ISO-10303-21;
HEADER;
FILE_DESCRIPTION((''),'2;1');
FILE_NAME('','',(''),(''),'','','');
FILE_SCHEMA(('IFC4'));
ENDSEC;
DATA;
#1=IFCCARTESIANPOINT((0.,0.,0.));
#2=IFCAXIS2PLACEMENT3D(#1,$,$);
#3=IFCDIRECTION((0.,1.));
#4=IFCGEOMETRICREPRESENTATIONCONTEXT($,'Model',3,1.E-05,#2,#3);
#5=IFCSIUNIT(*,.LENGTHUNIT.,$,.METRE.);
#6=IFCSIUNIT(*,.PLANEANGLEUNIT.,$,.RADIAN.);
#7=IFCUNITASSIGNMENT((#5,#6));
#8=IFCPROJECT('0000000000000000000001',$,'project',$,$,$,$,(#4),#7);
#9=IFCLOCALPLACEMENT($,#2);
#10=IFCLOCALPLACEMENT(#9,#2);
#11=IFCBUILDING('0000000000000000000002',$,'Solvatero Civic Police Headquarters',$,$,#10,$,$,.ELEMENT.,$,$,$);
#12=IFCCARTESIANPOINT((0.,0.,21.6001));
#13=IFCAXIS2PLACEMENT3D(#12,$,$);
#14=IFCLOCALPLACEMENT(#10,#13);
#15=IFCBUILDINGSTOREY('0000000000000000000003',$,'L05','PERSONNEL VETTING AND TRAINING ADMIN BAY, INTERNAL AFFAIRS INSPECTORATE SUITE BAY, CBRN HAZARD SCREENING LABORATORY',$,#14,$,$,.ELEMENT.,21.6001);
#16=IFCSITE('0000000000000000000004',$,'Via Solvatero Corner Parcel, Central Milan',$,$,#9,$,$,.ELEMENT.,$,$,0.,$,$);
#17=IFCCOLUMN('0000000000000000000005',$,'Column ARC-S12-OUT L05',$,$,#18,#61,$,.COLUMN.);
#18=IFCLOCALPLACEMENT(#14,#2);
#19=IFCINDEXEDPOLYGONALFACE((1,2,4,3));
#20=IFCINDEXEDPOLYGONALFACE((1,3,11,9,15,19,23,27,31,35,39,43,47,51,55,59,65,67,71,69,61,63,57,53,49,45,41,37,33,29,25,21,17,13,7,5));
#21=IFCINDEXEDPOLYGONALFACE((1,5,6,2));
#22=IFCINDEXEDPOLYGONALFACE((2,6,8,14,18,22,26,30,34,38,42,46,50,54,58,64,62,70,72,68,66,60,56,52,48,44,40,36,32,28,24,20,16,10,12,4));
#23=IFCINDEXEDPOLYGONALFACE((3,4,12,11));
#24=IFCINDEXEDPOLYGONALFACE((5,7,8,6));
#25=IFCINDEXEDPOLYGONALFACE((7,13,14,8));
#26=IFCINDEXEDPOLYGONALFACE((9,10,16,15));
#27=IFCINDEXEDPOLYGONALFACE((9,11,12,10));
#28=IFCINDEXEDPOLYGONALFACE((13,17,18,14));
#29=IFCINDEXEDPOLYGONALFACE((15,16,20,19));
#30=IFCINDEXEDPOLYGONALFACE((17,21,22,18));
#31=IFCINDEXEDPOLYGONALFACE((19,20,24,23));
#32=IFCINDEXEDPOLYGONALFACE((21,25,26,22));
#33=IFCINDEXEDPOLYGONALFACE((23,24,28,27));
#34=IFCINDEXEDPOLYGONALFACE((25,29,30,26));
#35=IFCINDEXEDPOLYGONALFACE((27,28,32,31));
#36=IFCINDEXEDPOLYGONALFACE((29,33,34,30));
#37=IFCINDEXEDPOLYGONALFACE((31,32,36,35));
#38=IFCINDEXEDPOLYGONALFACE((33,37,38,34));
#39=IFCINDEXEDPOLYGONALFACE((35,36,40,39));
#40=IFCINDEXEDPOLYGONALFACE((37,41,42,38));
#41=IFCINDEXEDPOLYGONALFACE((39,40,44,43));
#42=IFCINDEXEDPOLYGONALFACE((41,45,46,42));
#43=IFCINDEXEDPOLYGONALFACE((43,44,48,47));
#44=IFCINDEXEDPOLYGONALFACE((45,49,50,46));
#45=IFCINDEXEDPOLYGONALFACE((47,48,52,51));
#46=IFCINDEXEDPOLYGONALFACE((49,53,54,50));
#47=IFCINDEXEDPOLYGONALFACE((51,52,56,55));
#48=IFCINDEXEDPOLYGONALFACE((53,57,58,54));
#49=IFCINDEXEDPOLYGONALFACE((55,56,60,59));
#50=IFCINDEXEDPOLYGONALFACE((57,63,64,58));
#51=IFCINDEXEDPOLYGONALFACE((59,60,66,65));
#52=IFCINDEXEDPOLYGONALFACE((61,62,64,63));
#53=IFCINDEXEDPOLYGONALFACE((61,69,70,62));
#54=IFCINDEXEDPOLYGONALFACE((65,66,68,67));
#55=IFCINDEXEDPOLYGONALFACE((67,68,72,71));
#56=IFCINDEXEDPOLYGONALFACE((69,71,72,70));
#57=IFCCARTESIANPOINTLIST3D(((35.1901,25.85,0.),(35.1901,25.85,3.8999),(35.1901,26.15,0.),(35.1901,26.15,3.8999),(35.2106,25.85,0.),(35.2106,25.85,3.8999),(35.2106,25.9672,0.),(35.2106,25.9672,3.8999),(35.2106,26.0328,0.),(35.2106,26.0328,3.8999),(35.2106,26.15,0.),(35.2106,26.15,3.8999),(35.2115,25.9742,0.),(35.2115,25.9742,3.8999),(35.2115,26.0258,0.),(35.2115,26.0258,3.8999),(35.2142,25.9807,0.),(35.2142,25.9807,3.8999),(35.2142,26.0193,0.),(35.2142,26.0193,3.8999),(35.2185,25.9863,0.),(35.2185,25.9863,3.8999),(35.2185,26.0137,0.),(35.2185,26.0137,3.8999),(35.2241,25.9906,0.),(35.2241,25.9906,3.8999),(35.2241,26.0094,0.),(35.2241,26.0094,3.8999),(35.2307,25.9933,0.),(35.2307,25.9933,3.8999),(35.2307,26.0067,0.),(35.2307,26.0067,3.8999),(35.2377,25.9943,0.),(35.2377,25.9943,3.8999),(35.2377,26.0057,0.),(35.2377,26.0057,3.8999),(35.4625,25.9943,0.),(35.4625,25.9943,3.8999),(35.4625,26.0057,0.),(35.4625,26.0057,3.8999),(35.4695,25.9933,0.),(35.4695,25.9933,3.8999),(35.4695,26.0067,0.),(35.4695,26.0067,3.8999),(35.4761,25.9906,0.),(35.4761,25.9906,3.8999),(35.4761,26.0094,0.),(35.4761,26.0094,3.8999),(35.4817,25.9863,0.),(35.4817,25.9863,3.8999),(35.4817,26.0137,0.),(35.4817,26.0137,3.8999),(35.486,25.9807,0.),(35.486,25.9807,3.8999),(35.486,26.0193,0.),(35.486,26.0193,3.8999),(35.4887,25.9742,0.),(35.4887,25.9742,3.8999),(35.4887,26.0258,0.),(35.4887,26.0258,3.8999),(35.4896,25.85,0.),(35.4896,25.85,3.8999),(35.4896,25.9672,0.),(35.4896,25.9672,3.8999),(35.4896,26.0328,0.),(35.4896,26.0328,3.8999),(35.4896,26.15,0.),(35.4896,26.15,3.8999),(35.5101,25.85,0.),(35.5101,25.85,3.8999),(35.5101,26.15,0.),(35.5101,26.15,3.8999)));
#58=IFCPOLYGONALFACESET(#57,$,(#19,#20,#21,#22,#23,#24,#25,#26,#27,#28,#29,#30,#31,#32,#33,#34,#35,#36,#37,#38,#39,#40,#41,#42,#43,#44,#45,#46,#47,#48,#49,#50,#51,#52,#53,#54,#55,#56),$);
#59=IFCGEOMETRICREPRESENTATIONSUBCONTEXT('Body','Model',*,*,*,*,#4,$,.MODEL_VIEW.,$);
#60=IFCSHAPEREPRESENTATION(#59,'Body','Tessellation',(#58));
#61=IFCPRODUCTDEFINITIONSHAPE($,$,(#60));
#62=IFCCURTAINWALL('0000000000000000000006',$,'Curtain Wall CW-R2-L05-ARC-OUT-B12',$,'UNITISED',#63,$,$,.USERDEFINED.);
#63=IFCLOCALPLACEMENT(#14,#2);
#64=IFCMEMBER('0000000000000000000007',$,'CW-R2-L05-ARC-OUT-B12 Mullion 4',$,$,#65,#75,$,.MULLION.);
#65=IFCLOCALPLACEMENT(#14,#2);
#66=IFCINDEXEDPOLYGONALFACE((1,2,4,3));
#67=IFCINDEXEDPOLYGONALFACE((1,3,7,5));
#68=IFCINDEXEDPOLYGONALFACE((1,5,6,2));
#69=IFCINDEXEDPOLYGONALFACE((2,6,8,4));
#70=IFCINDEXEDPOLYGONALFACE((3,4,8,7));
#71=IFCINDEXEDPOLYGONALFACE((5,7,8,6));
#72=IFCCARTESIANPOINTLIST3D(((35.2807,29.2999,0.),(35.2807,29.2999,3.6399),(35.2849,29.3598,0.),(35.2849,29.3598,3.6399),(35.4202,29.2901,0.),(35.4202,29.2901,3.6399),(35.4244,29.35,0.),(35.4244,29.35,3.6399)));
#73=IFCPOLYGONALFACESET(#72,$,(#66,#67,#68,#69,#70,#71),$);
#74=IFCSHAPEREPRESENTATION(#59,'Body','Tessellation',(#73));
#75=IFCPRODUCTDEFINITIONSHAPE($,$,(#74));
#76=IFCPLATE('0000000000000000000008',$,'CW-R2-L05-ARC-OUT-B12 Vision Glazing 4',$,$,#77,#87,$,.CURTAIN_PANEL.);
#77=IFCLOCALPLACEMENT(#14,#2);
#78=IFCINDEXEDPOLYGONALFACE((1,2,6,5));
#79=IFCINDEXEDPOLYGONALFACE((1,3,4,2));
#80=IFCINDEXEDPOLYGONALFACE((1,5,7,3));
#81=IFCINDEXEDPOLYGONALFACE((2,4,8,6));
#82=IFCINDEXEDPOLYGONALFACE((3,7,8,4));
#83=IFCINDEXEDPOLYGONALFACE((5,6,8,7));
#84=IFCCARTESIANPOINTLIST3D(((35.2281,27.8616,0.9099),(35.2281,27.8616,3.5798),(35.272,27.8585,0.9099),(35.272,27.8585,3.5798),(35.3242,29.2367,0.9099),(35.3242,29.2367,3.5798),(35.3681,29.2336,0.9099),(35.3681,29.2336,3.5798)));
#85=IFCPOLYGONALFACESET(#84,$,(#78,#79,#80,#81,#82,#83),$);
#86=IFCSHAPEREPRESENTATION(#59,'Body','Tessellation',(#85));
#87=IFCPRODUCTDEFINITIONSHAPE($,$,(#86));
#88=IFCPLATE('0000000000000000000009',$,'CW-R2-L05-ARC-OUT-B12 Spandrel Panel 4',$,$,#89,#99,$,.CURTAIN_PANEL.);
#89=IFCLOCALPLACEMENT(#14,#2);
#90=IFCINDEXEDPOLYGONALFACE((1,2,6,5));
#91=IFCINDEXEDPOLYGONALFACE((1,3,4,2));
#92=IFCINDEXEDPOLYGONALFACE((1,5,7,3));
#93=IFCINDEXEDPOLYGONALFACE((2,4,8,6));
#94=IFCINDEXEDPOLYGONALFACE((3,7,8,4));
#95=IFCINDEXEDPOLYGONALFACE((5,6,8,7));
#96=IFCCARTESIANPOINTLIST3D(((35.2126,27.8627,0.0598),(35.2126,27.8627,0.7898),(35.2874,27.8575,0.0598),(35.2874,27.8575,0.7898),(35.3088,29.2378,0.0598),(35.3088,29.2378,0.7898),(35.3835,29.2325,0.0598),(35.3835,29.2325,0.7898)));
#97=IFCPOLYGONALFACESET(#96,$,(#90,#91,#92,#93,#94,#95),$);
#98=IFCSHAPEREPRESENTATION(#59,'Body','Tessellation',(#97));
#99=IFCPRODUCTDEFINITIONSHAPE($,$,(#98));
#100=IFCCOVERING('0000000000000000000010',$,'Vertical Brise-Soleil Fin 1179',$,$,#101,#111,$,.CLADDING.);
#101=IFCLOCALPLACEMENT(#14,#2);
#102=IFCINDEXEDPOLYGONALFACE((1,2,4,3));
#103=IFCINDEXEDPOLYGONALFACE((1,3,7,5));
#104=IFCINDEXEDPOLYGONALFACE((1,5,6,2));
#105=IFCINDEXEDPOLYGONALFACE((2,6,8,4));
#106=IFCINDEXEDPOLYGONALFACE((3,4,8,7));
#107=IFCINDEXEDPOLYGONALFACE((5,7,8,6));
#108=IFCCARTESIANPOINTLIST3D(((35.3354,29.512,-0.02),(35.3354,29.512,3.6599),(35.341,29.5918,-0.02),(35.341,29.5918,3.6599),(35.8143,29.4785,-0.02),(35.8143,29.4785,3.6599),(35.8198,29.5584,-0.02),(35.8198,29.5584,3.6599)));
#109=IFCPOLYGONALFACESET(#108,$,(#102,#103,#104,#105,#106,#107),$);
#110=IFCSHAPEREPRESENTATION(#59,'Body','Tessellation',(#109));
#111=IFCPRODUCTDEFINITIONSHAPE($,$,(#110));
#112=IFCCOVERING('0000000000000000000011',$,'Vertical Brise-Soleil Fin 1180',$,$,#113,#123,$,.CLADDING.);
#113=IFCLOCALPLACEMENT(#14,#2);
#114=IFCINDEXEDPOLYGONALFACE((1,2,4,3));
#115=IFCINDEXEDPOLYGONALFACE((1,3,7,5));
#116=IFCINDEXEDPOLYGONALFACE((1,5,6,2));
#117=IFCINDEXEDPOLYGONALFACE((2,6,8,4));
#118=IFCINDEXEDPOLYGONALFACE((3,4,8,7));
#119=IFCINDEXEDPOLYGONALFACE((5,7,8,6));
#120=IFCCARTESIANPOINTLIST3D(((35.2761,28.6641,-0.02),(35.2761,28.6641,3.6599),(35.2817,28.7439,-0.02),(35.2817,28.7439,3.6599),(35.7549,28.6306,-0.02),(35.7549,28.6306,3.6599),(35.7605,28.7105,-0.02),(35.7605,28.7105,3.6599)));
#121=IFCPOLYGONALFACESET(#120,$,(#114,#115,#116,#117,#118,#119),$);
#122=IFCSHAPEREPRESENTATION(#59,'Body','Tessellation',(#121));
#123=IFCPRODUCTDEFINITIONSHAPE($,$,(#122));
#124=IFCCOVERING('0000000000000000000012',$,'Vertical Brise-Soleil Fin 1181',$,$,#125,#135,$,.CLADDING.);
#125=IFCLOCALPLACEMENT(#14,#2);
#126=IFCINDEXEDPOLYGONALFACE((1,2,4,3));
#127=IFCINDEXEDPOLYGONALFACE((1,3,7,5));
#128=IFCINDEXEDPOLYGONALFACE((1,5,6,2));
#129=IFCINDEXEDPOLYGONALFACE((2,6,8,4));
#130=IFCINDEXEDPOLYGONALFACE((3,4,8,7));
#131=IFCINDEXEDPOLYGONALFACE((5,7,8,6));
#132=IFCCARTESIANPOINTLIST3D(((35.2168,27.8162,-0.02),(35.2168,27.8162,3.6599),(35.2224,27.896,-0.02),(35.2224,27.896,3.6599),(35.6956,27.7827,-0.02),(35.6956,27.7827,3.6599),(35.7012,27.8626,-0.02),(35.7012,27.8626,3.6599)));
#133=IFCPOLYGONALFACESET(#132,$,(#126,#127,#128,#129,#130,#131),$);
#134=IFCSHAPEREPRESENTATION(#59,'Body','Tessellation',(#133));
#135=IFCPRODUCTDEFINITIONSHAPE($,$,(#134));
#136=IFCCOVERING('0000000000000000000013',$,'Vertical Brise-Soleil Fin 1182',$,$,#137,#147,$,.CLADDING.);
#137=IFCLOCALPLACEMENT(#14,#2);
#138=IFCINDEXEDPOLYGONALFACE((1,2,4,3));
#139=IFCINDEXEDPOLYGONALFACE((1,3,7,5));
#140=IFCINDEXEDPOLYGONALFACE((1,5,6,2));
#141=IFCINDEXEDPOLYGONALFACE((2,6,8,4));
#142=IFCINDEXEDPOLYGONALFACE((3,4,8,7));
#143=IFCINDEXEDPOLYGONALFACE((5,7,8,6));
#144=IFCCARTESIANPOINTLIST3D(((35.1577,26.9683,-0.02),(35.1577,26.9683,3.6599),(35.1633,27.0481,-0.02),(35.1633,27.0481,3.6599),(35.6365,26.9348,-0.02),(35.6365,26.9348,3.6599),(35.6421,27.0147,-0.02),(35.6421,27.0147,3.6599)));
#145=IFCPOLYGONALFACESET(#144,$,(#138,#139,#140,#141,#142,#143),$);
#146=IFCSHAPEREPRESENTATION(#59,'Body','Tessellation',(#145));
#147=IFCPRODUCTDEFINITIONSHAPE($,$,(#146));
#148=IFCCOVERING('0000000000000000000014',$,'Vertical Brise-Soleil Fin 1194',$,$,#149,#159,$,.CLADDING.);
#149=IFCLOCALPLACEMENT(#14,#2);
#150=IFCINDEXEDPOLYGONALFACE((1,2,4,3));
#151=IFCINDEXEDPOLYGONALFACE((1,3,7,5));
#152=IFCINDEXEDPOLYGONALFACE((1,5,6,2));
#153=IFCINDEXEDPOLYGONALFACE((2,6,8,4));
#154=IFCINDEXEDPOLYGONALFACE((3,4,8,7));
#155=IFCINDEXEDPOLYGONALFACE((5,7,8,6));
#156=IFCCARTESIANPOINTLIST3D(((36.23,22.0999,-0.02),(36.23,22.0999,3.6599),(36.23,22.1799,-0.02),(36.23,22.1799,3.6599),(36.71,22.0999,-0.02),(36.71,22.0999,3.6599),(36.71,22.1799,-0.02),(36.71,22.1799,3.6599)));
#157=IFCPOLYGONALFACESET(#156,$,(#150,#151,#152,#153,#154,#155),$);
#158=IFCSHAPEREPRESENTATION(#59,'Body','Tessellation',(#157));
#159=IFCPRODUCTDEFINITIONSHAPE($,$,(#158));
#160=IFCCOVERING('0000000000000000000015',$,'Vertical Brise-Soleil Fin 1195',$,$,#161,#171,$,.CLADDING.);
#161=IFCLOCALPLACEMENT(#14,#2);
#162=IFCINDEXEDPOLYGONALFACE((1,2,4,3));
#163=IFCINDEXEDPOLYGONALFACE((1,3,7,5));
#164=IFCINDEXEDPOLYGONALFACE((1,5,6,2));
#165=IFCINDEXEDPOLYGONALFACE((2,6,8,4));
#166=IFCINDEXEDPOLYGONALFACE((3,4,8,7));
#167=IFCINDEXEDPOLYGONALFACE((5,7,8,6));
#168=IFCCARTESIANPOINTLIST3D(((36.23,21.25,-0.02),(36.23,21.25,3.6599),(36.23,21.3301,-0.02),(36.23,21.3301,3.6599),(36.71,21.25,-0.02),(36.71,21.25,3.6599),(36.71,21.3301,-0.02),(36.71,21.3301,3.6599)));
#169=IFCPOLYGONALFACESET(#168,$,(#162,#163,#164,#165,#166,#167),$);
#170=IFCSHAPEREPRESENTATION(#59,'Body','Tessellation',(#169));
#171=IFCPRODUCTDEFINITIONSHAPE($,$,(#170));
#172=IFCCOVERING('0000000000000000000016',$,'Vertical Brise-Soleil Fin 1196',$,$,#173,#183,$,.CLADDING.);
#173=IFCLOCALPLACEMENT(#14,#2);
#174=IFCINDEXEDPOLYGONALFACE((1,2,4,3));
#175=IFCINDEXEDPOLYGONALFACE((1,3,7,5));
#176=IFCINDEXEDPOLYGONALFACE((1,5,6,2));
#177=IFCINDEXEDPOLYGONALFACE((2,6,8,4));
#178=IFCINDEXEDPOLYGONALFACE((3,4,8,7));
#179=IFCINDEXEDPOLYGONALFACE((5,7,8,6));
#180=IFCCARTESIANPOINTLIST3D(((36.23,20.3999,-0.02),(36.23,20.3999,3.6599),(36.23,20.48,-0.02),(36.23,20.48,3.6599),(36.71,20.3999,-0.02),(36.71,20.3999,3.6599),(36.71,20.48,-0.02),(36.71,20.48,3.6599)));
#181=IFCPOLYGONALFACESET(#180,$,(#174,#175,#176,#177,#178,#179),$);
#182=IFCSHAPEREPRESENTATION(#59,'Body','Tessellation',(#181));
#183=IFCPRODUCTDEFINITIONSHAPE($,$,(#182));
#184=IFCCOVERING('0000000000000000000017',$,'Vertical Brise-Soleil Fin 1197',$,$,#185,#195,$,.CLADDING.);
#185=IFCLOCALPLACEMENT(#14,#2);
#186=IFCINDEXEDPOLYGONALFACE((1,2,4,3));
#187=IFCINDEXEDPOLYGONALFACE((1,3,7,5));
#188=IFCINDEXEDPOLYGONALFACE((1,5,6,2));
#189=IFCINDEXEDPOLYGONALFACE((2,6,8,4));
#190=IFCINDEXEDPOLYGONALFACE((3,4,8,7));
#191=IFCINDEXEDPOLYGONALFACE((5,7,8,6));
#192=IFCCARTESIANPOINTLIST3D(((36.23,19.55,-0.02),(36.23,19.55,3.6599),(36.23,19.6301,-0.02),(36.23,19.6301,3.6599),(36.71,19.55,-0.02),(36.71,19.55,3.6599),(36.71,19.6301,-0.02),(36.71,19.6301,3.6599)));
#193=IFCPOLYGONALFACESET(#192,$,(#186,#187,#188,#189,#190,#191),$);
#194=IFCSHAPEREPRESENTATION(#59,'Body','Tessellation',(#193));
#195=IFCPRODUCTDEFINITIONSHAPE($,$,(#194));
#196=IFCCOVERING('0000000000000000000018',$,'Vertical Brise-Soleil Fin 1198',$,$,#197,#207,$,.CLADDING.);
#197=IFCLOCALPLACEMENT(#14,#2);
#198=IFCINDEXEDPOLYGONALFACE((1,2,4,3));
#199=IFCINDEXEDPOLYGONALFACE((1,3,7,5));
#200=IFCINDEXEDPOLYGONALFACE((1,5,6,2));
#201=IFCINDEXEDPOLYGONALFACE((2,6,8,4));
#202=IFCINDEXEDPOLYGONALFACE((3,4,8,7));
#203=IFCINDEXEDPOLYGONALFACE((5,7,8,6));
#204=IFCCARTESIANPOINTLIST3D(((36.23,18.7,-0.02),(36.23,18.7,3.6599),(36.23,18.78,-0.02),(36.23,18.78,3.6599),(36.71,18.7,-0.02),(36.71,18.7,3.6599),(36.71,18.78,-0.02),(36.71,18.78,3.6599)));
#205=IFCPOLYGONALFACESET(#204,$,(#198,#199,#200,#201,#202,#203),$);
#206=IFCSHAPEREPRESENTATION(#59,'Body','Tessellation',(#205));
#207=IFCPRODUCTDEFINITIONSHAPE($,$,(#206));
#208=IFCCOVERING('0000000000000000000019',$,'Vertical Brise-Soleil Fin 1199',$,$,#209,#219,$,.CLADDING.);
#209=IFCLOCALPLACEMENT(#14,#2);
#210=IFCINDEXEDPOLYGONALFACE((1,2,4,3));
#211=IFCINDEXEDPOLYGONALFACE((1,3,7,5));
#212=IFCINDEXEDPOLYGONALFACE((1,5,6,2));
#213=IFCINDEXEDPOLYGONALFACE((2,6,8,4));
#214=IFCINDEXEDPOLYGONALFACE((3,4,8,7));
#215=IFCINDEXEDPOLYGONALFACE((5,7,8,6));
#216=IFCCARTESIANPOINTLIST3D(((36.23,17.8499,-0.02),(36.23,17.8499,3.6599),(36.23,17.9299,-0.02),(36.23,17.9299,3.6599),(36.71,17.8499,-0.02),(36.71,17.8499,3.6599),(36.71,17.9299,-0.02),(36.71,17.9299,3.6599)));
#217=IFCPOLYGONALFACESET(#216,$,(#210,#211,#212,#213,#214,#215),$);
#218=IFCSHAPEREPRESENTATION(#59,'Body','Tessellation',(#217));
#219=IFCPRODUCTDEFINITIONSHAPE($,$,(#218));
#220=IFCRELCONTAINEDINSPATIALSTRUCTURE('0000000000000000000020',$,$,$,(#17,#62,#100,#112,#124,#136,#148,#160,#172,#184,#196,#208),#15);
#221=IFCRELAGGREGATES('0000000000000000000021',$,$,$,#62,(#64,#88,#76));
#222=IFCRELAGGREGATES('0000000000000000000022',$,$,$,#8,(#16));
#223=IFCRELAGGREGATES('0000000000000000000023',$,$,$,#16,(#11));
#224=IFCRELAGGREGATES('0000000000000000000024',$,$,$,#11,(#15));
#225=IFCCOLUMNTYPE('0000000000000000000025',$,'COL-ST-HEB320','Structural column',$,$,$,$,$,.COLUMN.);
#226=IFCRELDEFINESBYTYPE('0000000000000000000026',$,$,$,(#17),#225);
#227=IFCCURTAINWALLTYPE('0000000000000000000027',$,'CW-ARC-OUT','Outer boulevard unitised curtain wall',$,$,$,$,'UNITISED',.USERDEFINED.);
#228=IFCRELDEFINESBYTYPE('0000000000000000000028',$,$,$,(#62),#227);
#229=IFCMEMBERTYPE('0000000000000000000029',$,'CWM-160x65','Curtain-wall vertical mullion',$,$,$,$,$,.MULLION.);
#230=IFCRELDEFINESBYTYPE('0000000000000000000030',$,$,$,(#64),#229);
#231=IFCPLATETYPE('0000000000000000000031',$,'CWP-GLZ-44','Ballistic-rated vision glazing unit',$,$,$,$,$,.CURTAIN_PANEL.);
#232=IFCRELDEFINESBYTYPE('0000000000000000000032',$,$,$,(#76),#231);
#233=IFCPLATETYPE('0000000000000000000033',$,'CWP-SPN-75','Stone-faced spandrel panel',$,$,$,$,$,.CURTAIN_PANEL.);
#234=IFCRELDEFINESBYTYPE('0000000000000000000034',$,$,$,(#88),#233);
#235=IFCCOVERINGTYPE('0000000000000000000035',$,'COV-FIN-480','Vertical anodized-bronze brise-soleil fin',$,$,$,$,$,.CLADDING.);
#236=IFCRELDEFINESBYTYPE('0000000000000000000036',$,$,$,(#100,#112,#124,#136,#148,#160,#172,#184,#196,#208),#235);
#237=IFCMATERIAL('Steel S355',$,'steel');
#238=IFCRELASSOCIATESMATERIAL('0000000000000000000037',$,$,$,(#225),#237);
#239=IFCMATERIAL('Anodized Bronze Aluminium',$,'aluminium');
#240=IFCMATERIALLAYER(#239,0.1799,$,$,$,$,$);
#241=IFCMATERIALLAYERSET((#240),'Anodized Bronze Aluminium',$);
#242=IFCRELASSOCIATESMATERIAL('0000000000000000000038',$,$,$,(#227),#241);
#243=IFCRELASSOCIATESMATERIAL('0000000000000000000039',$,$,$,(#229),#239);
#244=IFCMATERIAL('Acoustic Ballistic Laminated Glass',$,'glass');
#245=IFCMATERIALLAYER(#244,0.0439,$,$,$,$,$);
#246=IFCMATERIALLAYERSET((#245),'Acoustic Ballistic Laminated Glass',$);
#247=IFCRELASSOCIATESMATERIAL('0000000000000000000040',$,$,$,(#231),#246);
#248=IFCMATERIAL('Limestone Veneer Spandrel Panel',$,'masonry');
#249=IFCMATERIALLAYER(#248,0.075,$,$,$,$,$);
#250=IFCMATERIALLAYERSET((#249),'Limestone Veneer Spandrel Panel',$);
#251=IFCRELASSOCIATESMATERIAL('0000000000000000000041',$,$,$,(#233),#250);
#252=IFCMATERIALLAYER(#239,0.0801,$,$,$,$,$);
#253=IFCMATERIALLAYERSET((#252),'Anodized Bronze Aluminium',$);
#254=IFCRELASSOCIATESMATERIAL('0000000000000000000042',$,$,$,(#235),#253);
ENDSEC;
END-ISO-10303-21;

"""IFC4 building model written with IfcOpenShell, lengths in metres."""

from ifc_helpers import new_model, si_unit, direction, frame, origin, origin_2d, place, context, subcontext, project, spatial, rectangle, i_section, extrude, material, layer, layer_set, material_profile, profile_set, type_object, element, aggregate, save


model = new_model("IFC4")

# Units and contexts
model_context = context("Model", 3, precision=1e-05, world=origin(), true_north=direction((0.0, 1.0)))
body_context = subcontext(model_context, "Body", "Model", "MODEL_VIEW")
ifc_project = project(units=[si_unit("LENGTHUNIT", "METRE"), si_unit("PLANEANGLEUNIT", "RADIAN")], contexts=[model_context])

# Site, building, storey
site_placement = place(None, origin())
site = spatial("IfcSite", under=ifc_project, at=site_placement, Name="Via Solvatero Corner Parcel, Central Milan", CompositionType="ELEMENT", RefElevation=0.0)
building_placement = place(site_placement, origin())
building = spatial("IfcBuilding", under=site, at=building_placement, Name="Solvatero Civic Police Headquarters", CompositionType="ELEMENT")
storey_placement = place(building_placement, frame((0.0, 0.0, 21.6001)))
storey = spatial("IfcBuildingStorey", under=building, at=storey_placement, Name="L05", Description="PERSONNEL VETTING AND TRAINING ADMIN BAY, INTERNAL AFFAIRS INSPECTORATE SUITE BAY, CBRN HAZARD SCREENING LABORATORY", CompositionType="ELEMENT", Elevation=21.6001)

# Column
ifc_material_1 = material(Name="Steel S355", Category="steel")
ifc_material_profile_1 = material_profile(ifc_material_1, i_section(OverallWidth=0.3, OverallDepth=0.3201, WebThickness=0.0115, FlangeThickness=0.0205, FilletRadius=0.0271, at=origin_2d()), Name="HEB 320")
ifc_profile_set_1 = profile_set([ifc_material_profile_1], Name="Steel S355")
column_type = type_object("IfcColumnType", Name="COL-ST-HEB320", Description="Structural column", PredefinedType="COLUMN", material=ifc_profile_set_1)
column_placement = place(storey_placement, frame((35.3501, 26.0, 0.0), z_axis=(0.0, 0.0, 1.0), x_axis=(0.0, 1.0, 0.0)))
element("IfcColumn", 1, at=column_placement, inside=storey, type_object=column_type, Name="Column ARC-S12-OUT L05", PredefinedType="COLUMN", context=body_context, shape_type="SweptSolid", body=[
    extrude(i_section(OverallWidth=0.3, OverallDepth=0.3201, WebThickness=0.0115, FlangeThickness=0.0205, FilletRadius=0.0271, at=origin_2d()), origin(), (0.0, 0.0, 1.0), 3.8999),
])

# Curtain wall, member, plates
ifc_material_2 = material(Name="Anodized Bronze Aluminium", Category="aluminium")
ifc_layer_1 = layer(ifc_material_2, 0.1799)
ifc_layer_set_1 = layer_set([ifc_layer_1], Name="Anodized Bronze Aluminium")
curtain_wall_type = type_object("IfcCurtainWallType", Name="CW-ARC-OUT", Description="Outer boulevard unitised curtain wall", ElementType="UNITISED", PredefinedType="USERDEFINED", material=ifc_layer_set_1)
curtain_wall_placement = place(storey_placement, origin())
curtain_wall = element("IfcCurtainWall", 2, at=curtain_wall_placement, inside=storey, type_object=curtain_wall_type, Name="Curtain Wall CW-R2-L05-ARC-OUT-B12", ObjectType="UNITISED", PredefinedType="USERDEFINED")
ifc_material_profile_2 = material_profile(ifc_material_2, rectangle(XDim=0.0601, YDim=0.1399, at=origin_2d()), Name="ALU MULLION 60x140")
ifc_profile_set_2 = profile_set([ifc_material_profile_2], Name="Anodized Bronze Aluminium")
member_type = type_object("IfcMemberType", Name="CWM-160x65", Description="Curtain-wall vertical mullion", PredefinedType="MULLION", material=ifc_profile_set_2)
member_placement = place(storey_placement, frame((35.3525, 29.325, 0.0), z_axis=(0.0, 0.0, 1.0), x_axis=(-0.069739, -0.997565, 0.0)))
member = element("IfcMember", 3, at=member_placement, type_object=member_type, Name="CW-R2-L05-ARC-OUT-B12 Mullion 4", PredefinedType="MULLION", context=body_context, shape_type="SweptSolid", body=[
    extrude(rectangle(XDim=0.0601, YDim=0.1399, at=origin_2d()), origin(), (0.0, 0.0, 1.0), 3.6399),
])
ifc_material_3 = material(Name="Acoustic Ballistic Laminated Glass", Category="glass")
ifc_layer_2 = layer(ifc_material_3, 0.0439)
ifc_layer_set_2 = layer_set([ifc_layer_2], Name="Acoustic Ballistic Laminated Glass")
plate_type_1 = type_object("IfcPlateType", Name="CWP-GLZ-44", Description="Ballistic-rated vision glazing unit", PredefinedType="CURTAIN_PANEL", material=ifc_layer_set_2)
plate_1_placement = place(storey_placement, frame((35.2981, 28.5476, 0.9099), z_axis=(0.0, 0.0, 1.0), x_axis=(-0.069739, -0.997565, 0.0)))
plate_1 = element("IfcPlate", 4, at=plate_1_placement, type_object=plate_type_1, Name="CW-R2-L05-ARC-OUT-B12 Vision Glazing 4", PredefinedType="CURTAIN_PANEL", context=body_context, shape_type="SweptSolid", body=[
    extrude(rectangle(XDim=1.3784, YDim=0.0439, at=origin_2d()), origin(), (0.0, 0.0, 1.0), 2.6699),
])
ifc_material_4 = material(Name="Limestone Veneer Spandrel Panel", Category="masonry")
ifc_layer_3 = layer(ifc_material_4, 0.075)
ifc_layer_set_3 = layer_set([ifc_layer_3], Name="Limestone Veneer Spandrel Panel")
plate_type_2 = type_object("IfcPlateType", Name="CWP-SPN-75", Description="Stone-faced spandrel panel", PredefinedType="CURTAIN_PANEL", material=ifc_layer_set_3)
plate_2_placement = place(storey_placement, frame((35.2981, 28.5476, 0.0598), z_axis=(0.0, 0.0, 1.0), x_axis=(-0.069739, -0.997565, 0.0)))
plate_2 = element("IfcPlate", 5, at=plate_2_placement, type_object=plate_type_2, Name="CW-R2-L05-ARC-OUT-B12 Spandrel Panel 4", PredefinedType="CURTAIN_PANEL", context=body_context, shape_type="SweptSolid", body=[
    extrude(rectangle(XDim=1.3784, YDim=0.075, at=origin_2d()), origin(), (0.0, 0.0, 1.0), 0.73),
])
aggregate(curtain_wall, [member, plate_2, plate_1])

# Coverings
ifc_layer_4 = layer(ifc_material_2, 0.0801)
ifc_layer_set_4 = layer_set([ifc_layer_4], Name="Anodized Bronze Aluminium")
covering_type = type_object("IfcCoveringType", Name="COV-FIN-480", Description="Vertical anodized-bronze brise-soleil fin", PredefinedType="CLADDING", material=ifc_layer_set_4)
for number, where, z_axis, x_axis, name in (
    (6, (35.5776, 29.5352, -0.02), (0.0, 0.0, 1.0), (-0.069739, -0.997565, 0.0), "Vertical Brise-Soleil Fin 1179"),
    (7, (35.5183, 28.6873, -0.02), (0.0, 0.0, 1.0), (-0.069739, -0.997565, 0.0), "Vertical Brise-Soleil Fin 1180"),
    (8, (35.459, 27.8394, -0.02), (0.0, 0.0, 1.0), (-0.069739, -0.997565, 0.0), "Vertical Brise-Soleil Fin 1181"),
    (9, (35.3999, 26.9915, -0.02), (0.0, 0.0, 1.0), (-0.069739, -0.997565, 0.0), "Vertical Brise-Soleil Fin 1182"),
    (10, (36.47, 22.1399, -0.02), (0.0, 0.0, 1.0), (0.0, -1.0, 0.0), "Vertical Brise-Soleil Fin 1194"),
    (11, (36.47, 21.29, -0.02), (0.0, 0.0, 1.0), (0.0, -1.0, 0.0), "Vertical Brise-Soleil Fin 1195"),
    (12, (36.47, 20.4399, -0.02), (0.0, 0.0, 1.0), (0.0, -1.0, 0.0), "Vertical Brise-Soleil Fin 1196"),
    (13, (36.47, 19.5901, -0.02), (0.0, 0.0, 1.0), (0.0, -1.0, 0.0), "Vertical Brise-Soleil Fin 1197"),
    (14, (36.47, 18.74, -0.02), (0.0, 0.0, 1.0), (0.0, -1.0, 0.0), "Vertical Brise-Soleil Fin 1198"),
    (15, (36.47, 17.8899, -0.02), (0.0, 0.0, 1.0), (0.0, -1.0, 0.0), "Vertical Brise-Soleil Fin 1199"),
):
    element("IfcCovering", number, at=place(storey_placement, frame(where, z_axis=z_axis, x_axis=x_axis)), inside=storey, type_object=covering_type, Name=name, PredefinedType="CLADDING", context=body_context, shape_type="SweptSolid", body=[
        extrude(rectangle(XDim=0.0801, YDim=0.48, at=origin_2d()), origin(), (0.0, 0.0, 1.0), 3.6799),
    ])

save(model, "model.ifc")
